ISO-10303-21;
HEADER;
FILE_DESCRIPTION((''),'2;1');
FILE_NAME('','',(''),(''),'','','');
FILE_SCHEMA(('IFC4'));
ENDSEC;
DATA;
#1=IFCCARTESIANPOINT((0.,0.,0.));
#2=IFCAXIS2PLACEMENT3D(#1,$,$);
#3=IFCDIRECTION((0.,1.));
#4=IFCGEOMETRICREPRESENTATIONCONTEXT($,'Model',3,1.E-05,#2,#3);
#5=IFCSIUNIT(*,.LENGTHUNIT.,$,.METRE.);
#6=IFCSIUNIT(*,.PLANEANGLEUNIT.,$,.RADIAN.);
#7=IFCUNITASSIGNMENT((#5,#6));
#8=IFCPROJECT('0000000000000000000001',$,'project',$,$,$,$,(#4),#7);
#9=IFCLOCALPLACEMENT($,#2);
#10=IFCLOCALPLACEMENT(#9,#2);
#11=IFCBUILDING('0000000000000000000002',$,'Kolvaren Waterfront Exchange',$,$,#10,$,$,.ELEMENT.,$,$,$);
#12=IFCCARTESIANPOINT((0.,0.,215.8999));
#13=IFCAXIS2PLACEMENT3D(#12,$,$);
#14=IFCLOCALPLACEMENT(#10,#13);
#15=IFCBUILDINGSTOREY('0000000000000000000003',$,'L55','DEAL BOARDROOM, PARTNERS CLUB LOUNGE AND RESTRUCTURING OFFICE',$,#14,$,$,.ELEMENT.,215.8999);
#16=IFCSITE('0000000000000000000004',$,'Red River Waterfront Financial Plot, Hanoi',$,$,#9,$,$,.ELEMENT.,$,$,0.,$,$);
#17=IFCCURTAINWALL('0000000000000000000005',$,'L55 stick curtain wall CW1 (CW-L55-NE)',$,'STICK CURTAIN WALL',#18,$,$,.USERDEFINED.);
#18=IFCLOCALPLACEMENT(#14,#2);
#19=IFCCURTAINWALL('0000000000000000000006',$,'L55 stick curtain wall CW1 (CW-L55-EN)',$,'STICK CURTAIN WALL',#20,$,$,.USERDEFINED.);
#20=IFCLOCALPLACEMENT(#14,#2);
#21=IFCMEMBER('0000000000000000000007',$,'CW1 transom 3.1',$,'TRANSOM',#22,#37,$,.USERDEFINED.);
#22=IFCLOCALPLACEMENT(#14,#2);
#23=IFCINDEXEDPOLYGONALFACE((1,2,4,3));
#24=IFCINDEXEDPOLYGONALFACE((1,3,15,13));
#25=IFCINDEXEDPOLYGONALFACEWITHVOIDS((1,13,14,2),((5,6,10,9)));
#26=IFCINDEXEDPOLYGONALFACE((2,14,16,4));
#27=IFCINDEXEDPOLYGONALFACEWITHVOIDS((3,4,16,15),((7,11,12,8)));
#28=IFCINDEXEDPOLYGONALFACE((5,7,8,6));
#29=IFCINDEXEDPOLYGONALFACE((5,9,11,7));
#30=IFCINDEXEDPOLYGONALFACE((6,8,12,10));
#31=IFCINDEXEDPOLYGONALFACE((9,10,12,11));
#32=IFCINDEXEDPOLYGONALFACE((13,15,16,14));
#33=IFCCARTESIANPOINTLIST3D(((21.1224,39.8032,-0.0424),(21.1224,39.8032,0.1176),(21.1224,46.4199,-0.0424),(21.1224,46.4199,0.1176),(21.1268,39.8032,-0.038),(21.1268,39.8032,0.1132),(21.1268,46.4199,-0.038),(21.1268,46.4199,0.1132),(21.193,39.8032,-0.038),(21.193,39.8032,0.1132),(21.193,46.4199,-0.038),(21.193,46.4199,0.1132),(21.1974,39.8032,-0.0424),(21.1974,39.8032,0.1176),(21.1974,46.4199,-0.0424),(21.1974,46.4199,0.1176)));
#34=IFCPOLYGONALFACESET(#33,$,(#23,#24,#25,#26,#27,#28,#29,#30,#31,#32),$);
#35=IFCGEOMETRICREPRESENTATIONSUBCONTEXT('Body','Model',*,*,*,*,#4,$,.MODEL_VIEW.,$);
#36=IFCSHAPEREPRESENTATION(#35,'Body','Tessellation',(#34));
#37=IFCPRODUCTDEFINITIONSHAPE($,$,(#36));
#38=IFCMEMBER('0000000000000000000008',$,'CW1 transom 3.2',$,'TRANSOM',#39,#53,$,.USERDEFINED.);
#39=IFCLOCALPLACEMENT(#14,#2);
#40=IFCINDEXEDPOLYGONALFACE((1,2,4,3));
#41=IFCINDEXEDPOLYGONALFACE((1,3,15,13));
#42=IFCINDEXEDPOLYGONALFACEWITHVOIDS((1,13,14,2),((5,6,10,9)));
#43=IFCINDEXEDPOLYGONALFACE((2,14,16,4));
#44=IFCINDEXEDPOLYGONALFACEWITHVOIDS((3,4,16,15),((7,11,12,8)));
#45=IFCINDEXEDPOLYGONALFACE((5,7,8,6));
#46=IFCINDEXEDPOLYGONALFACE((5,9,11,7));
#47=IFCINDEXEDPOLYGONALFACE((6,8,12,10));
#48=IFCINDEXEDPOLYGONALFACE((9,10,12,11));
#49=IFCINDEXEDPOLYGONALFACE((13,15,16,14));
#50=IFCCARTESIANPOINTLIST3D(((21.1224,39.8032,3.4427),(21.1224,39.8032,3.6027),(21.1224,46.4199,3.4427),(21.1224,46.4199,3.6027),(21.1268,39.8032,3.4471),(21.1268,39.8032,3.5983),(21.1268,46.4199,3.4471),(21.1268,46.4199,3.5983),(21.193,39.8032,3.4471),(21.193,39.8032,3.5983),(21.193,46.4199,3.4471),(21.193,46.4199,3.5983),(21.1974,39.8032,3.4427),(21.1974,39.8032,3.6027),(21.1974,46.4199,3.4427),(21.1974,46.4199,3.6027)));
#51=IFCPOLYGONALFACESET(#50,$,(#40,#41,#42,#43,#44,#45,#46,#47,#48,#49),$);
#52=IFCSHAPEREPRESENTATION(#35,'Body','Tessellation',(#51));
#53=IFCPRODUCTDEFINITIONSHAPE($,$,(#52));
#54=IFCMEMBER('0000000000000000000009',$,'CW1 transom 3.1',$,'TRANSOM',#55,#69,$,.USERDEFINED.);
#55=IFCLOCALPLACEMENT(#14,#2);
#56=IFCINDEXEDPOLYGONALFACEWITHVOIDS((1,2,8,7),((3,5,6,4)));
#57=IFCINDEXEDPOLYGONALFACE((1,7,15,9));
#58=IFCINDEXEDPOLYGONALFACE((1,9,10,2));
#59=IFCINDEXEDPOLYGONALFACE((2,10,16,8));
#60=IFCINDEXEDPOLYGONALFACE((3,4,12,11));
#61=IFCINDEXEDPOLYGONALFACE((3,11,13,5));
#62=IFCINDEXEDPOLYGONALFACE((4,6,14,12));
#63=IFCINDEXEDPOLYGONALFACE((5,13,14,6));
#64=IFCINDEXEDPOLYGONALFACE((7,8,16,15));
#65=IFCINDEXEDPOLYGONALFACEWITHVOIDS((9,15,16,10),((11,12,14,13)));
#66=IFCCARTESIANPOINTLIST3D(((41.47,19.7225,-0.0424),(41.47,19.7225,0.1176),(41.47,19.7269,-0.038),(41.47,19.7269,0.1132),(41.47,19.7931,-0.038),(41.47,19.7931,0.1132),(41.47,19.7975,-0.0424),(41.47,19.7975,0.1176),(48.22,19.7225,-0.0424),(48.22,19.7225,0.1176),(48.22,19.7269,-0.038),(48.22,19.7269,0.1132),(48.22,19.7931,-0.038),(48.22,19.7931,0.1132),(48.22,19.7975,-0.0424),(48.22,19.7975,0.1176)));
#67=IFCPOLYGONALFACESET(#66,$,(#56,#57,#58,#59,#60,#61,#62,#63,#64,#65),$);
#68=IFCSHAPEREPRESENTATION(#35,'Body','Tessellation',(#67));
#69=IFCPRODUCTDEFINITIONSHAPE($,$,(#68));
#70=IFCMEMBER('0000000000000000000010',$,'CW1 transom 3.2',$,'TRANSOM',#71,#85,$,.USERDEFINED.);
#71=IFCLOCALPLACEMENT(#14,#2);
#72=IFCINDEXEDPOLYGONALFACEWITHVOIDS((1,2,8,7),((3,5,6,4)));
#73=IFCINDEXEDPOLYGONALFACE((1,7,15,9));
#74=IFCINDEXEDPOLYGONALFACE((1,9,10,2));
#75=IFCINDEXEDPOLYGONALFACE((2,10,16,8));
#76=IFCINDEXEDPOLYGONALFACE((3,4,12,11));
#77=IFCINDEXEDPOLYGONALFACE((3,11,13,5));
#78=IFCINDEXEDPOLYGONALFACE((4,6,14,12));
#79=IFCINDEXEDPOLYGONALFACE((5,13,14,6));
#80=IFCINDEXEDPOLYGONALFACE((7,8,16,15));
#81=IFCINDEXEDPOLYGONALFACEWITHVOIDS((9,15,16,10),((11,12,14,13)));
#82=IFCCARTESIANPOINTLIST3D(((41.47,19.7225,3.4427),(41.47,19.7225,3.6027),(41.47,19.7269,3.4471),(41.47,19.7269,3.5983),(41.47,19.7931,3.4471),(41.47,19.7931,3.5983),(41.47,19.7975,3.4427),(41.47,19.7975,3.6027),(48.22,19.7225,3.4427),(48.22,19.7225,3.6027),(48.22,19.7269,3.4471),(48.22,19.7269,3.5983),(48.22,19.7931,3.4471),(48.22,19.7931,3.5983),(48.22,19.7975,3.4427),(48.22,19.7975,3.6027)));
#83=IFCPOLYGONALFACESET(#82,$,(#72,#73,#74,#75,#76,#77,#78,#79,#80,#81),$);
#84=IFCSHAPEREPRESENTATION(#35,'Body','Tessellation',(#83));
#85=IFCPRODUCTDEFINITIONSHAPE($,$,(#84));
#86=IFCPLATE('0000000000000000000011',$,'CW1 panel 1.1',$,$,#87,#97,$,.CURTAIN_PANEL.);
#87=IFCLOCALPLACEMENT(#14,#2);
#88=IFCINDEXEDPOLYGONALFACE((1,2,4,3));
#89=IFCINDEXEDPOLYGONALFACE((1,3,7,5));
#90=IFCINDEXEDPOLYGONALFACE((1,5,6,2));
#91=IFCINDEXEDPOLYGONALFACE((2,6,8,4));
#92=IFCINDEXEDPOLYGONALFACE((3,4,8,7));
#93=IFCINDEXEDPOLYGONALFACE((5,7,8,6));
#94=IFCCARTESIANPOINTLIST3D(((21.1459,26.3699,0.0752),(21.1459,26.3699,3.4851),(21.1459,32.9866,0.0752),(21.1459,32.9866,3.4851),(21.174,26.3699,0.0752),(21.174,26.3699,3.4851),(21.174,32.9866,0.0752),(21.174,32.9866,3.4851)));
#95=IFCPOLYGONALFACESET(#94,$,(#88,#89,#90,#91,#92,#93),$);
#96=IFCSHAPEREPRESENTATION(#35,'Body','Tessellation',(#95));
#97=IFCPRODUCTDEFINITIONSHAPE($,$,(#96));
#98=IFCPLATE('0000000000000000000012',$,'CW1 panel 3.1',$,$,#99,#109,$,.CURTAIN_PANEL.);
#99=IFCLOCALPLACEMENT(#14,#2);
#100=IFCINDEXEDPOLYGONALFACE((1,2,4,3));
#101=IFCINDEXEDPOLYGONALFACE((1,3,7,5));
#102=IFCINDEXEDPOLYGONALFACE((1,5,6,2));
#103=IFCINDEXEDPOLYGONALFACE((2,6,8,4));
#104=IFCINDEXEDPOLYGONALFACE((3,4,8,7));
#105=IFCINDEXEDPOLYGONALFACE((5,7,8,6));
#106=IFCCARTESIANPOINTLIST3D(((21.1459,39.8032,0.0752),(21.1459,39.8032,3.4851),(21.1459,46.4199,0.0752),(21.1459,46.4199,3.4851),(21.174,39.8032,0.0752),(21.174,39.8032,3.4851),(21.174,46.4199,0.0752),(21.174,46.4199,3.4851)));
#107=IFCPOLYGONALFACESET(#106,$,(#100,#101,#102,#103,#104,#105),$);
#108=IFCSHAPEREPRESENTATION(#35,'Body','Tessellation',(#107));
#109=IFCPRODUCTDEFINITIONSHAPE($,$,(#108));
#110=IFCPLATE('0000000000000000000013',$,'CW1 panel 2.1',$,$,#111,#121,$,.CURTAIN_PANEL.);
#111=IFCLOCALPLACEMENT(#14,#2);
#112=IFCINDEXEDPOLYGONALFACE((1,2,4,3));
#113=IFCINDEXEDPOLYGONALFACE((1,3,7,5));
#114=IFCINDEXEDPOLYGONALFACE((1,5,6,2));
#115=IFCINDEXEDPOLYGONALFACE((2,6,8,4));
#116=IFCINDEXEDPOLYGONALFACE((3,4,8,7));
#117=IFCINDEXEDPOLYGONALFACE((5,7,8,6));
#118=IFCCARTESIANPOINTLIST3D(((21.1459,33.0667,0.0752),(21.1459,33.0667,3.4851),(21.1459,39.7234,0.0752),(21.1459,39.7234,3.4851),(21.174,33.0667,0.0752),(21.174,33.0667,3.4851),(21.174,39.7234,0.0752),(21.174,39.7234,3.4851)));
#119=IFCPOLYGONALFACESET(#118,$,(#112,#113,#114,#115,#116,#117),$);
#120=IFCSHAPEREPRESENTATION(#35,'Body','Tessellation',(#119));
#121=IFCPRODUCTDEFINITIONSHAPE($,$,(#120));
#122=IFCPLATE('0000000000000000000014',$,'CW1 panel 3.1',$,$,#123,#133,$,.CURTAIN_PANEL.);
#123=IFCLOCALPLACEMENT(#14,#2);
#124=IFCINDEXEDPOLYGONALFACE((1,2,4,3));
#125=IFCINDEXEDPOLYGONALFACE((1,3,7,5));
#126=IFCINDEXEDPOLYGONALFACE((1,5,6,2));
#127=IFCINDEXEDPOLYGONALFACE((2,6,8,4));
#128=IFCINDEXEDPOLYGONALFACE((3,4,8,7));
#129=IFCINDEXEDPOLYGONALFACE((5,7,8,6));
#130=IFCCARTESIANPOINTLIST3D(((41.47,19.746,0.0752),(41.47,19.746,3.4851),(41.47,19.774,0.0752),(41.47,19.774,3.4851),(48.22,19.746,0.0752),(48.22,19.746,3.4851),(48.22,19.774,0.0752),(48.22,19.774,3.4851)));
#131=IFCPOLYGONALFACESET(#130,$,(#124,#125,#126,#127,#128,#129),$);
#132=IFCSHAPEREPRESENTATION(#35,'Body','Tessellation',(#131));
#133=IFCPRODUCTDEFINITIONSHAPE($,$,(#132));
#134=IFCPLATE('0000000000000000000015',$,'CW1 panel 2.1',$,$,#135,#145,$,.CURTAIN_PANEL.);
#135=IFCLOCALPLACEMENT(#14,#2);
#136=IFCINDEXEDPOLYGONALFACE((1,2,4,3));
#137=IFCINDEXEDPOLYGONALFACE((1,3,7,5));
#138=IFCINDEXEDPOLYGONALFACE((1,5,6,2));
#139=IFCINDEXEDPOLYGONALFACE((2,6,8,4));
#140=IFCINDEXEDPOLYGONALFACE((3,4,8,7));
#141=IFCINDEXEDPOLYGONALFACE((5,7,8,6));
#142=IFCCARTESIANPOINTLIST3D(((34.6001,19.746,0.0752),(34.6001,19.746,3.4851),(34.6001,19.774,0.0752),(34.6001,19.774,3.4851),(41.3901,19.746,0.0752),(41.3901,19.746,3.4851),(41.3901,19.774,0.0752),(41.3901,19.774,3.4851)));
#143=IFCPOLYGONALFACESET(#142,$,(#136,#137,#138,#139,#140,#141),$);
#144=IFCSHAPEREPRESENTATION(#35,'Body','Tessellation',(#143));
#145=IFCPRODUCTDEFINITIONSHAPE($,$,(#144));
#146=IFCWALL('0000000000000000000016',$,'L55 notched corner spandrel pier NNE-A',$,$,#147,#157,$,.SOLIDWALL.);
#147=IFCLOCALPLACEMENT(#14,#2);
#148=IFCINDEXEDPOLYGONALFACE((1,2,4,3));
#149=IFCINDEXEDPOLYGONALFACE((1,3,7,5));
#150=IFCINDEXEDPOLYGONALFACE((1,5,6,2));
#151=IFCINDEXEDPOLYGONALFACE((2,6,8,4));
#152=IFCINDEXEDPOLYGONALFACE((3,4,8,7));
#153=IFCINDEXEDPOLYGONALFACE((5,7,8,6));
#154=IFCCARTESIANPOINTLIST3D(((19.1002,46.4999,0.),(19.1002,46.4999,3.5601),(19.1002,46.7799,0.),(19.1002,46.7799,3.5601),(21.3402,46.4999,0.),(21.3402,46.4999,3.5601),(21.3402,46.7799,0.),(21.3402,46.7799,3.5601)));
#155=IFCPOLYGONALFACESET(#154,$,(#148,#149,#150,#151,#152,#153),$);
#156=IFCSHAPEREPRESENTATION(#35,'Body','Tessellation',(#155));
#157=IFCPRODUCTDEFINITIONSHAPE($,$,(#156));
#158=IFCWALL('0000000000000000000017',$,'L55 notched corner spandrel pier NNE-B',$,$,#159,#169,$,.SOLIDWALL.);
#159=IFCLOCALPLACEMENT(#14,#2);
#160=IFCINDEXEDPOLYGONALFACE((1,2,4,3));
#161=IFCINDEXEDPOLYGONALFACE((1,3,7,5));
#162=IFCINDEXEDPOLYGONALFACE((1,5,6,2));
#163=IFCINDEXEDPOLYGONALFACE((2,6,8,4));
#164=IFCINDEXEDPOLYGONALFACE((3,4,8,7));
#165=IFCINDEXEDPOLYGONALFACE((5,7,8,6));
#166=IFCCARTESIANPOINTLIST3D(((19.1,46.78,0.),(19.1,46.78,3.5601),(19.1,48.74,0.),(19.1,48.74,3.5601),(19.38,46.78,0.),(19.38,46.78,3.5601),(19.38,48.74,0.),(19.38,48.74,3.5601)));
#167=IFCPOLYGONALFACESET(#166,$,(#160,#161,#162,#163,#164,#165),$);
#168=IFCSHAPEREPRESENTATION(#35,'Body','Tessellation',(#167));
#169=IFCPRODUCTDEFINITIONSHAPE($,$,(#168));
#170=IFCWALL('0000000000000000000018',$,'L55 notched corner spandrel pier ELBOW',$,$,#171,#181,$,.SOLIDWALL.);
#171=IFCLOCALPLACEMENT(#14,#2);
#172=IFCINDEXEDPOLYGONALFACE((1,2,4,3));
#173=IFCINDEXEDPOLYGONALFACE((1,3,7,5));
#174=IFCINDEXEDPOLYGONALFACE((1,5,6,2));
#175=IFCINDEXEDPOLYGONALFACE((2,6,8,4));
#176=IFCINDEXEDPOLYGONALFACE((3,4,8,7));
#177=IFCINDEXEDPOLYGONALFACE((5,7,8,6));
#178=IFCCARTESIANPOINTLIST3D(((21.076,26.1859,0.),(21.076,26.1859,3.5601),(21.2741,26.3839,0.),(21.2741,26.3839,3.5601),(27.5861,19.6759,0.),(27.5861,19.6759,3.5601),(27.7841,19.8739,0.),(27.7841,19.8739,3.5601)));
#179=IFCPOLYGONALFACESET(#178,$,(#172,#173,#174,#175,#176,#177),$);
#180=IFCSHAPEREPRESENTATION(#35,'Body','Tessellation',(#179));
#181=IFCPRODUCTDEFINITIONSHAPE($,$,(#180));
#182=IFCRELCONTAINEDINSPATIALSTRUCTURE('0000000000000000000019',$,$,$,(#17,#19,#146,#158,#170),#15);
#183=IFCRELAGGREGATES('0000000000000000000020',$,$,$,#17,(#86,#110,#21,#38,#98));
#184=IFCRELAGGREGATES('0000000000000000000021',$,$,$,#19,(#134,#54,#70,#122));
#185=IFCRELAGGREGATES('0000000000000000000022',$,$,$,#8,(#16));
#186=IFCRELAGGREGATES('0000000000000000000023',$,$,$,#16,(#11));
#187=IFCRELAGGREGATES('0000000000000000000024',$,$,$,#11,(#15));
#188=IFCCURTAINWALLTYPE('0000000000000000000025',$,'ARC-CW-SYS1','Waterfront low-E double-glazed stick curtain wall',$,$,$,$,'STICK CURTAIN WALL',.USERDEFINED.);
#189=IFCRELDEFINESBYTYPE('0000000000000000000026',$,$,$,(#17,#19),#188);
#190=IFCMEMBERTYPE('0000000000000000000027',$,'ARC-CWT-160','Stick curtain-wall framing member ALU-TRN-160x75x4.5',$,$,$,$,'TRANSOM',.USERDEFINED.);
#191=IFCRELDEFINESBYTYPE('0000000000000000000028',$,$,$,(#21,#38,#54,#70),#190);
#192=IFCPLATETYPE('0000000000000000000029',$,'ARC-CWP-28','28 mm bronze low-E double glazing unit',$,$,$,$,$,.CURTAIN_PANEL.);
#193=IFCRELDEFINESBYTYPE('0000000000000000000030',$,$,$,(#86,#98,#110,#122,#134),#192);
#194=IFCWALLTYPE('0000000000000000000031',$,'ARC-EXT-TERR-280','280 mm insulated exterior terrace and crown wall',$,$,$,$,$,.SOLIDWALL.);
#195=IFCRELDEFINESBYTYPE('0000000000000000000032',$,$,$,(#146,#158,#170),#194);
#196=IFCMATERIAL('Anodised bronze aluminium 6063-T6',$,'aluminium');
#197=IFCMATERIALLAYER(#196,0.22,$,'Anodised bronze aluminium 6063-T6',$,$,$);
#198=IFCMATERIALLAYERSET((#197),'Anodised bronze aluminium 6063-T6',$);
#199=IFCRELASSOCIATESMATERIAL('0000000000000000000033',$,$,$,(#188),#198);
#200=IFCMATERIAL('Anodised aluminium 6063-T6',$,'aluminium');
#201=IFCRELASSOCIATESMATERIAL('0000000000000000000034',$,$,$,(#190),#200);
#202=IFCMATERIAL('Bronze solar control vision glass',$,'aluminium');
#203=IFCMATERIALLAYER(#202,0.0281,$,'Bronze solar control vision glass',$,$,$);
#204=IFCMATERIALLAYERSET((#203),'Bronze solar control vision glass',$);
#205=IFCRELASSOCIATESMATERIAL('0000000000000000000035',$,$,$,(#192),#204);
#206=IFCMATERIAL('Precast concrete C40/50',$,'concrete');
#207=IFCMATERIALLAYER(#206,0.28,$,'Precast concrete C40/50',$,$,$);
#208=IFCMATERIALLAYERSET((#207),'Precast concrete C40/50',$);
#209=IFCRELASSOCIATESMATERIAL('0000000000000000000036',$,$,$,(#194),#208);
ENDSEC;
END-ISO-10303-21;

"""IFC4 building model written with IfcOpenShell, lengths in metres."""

from ifc_helpers import new_model, si_unit, direction, frame, frame_2d, origin, origin_with_axes, origin_2d, place, context, subcontext, project, spatial, rectangle, hollow_rectangle, extrude, source, transform, mapped, material, layer, layer_set, material_profile, profile_set, type_object, element, aggregate, save


model = new_model("IFC4")

# Units and contexts
model_context = context("Model", 3, precision=1e-05, world=origin(), true_north=direction((0.0, 1.0)))
body_context = subcontext(model_context, "Body", "Model", "MODEL_VIEW")
ifc_project = project(units=[si_unit("LENGTHUNIT", "METRE"), si_unit("PLANEANGLEUNIT", "RADIAN")], contexts=[model_context])

# Site, building, storey
site_placement = place(None, origin())
site = spatial("IfcSite", under=ifc_project, at=site_placement, Name="Red River Waterfront Financial Plot, Hanoi", CompositionType="ELEMENT", RefElevation=0.0)
building_placement = place(site_placement, origin())
building = spatial("IfcBuilding", under=site, at=building_placement, Name="Kolvaren Waterfront Exchange", CompositionType="ELEMENT")
storey_placement = place(building_placement, frame((0.0, 0.0, 215.8999)))
storey = spatial("IfcBuildingStorey", under=building, at=storey_placement, Name="L55", Description="DEAL BOARDROOM, PARTNERS CLUB LOUNGE AND RESTRUCTURING OFFICE", CompositionType="ELEMENT", Elevation=215.8999)

# Curtain walls
ifc_material_1 = material(Name="Anodised bronze aluminium 6063-T6", Category="aluminium")
ifc_layer_1 = layer(ifc_material_1, 0.22, Name="Anodised bronze aluminium 6063-T6")
ifc_layer_set_1 = layer_set([ifc_layer_1], Name="Anodised bronze aluminium 6063-T6")
curtain_wall_type = type_object("IfcCurtainWallType", Name="ARC-CW-SYS1", Description="Waterfront low-E double-glazed stick curtain wall", ElementType="STICK CURTAIN WALL", PredefinedType="USERDEFINED", material=ifc_layer_set_1)
curtain_wall_1_placement = place(storey_placement, origin())
curtain_wall_1 = element("IfcCurtainWall", 1, at=curtain_wall_1_placement, inside=storey, type_object=curtain_wall_type, Name="L55 stick curtain wall CW1 (CW-L55-NE)", ObjectType="STICK CURTAIN WALL", PredefinedType="USERDEFINED")
ifc_material_2 = material(Name="Anodised aluminium 6063-T6", Category="aluminium")
curtain_wall_2_placement = place(storey_placement, origin())
curtain_wall_2 = element("IfcCurtainWall", 2, at=curtain_wall_2_placement, inside=storey, type_object=curtain_wall_type, Name="L55 stick curtain wall CW1 (CW-L55-EN)", ObjectType="STICK CURTAIN WALL", PredefinedType="USERDEFINED")

# Members
ifc_material_profile_1 = material_profile(ifc_material_2, hollow_rectangle(XDim=0.075, YDim=0.1599, WallThickness=0.0044, at=origin_2d()), Name="ALU-TRN-160x75x4.5")
ifc_profile_set_1 = profile_set([ifc_material_profile_1], Name="Anodised aluminium 6063-T6")
member_type_1 = type_object("IfcMemberType", Name="ARC-CWT-160", Description="Stick curtain-wall framing member ALU-TRN-160x75x4.5", ElementType="TRANSOM", PredefinedType="USERDEFINED", material=ifc_profile_set_1)
shared_shape_1 = source(origin_with_axes(), body_context, "Body", "SweptSolid", [
    extrude(hollow_rectangle(XDim=0.075, YDim=0.1599, WallThickness=0.0044, at=origin_2d()), origin(), (0.0, 0.0, 1.0), 6.6167),
])
member_1_placement = place(storey_placement, frame((21.1599, 39.8032, 0.0376), z_axis=(0.0, 1.0, 0.0), x_axis=(-1.0, 0.0, 0.0)))
member_1 = element("IfcMember", 3, at=member_1_placement, type_object=member_type_1, Name="CW1 transom 3.1", ObjectType="TRANSOM", PredefinedType="USERDEFINED", context=body_context, shape_type="MappedRepresentation", body=[
    mapped(shared_shape_1, transform((0.0, 0.0, 0.0), x_axis=(1.0, 0.0, 0.0), y_axis=(0.0, 1.0, 0.0), z_axis=(0.0, 0.0, 1.0), scale=1.0)),
])
member_2_placement = place(storey_placement, frame((21.1599, 39.8032, 3.5227), z_axis=(0.0, 1.0, 0.0), x_axis=(-1.0, 0.0, 0.0)))
member_2 = element("IfcMember", 4, at=member_2_placement, type_object=member_type_1, Name="CW1 transom 3.2", ObjectType="TRANSOM", PredefinedType="USERDEFINED", context=body_context, shape_type="MappedRepresentation", body=[
    mapped(shared_shape_1, transform((0.0, 0.0, 0.0), x_axis=(1.0, 0.0, 0.0), y_axis=(0.0, 1.0, 0.0), z_axis=(0.0, 0.0, 1.0), scale=1.0)),
])
shared_shape_2 = source(origin_with_axes(), body_context, "Body", "SweptSolid", [
    extrude(hollow_rectangle(XDim=0.075, YDim=0.1599, WallThickness=0.0044, at=origin_2d()), origin(), (0.0, 0.0, 1.0), 6.75),
])
member_3_placement = place(storey_placement, frame((41.47, 19.76, 0.0376), z_axis=(1.0, 0.0, 0.0), x_axis=(0.0, 1.0, 0.0)))
member_3 = element("IfcMember", 5, at=member_3_placement, type_object=member_type_1, Name="CW1 transom 3.1", ObjectType="TRANSOM", PredefinedType="USERDEFINED", context=body_context, shape_type="MappedRepresentation", body=[
    mapped(shared_shape_2, transform((0.0, 0.0, 0.0), x_axis=(1.0, 0.0, 0.0), y_axis=(0.0, 1.0, 0.0), z_axis=(0.0, 0.0, 1.0), scale=1.0)),
])
member_4_placement = place(storey_placement, frame((41.47, 19.76, 3.5227), z_axis=(1.0, 0.0, 0.0), x_axis=(0.0, 1.0, 0.0)))
member_4 = element("IfcMember", 6, at=member_4_placement, type_object=member_type_1, Name="CW1 transom 3.2", ObjectType="TRANSOM", PredefinedType="USERDEFINED", context=body_context, shape_type="MappedRepresentation", body=[
    mapped(shared_shape_2, transform((0.0, 0.0, 0.0), x_axis=(1.0, 0.0, 0.0), y_axis=(0.0, 1.0, 0.0), z_axis=(0.0, 0.0, 1.0), scale=1.0)),
])

# Plates
ifc_material_3 = material(Name="Bronze solar control vision glass", Category="aluminium")
ifc_layer_2 = layer(ifc_material_3, 0.0281, Name="Bronze solar control vision glass")
ifc_layer_set_2 = layer_set([ifc_layer_2], Name="Bronze solar control vision glass")
plate_type = type_object("IfcPlateType", Name="ARC-CWP-28", Description="28 mm bronze low-E double glazing unit", PredefinedType="CURTAIN_PANEL", material=ifc_layer_set_2)
shared_shape_3 = source(origin_with_axes(), body_context, "Body", "SweptSolid", [
    extrude(rectangle(XDim=6.6167, YDim=0.0281, at=origin_2d()), origin(), (0.0, 0.0, 1.0), 3.4099),
])
plate_1_placement = place(storey_placement, frame((21.1599, 29.6782, 0.0752), z_axis=(0.0, 0.0, 1.0), x_axis=(0.0, 1.0, 0.0)))
plate_1 = element("IfcPlate", 7, at=plate_1_placement, type_object=plate_type, Name="CW1 panel 1.1", PredefinedType="CURTAIN_PANEL", context=body_context, shape_type="MappedRepresentation", body=[
    mapped(shared_shape_3, transform((0.0, 0.0, 0.0), x_axis=(1.0, 0.0, 0.0), y_axis=(0.0, 1.0, 0.0), z_axis=(0.0, 0.0, 1.0), scale=1.0)),
])
plate_2_placement = place(storey_placement, frame((21.1599, 43.1116, 0.0752), z_axis=(0.0, 0.0, 1.0), x_axis=(0.0, 1.0, 0.0)))
plate_2 = element("IfcPlate", 8, at=plate_2_placement, type_object=plate_type, Name="CW1 panel 3.1", PredefinedType="CURTAIN_PANEL", context=body_context, shape_type="MappedRepresentation", body=[
    mapped(shared_shape_3, transform((0.0, 0.0, 0.0), x_axis=(1.0, 0.0, 0.0), y_axis=(0.0, 1.0, 0.0), z_axis=(0.0, 0.0, 1.0), scale=1.0)),
])
shared_shape_4 = source(origin_with_axes(), body_context, "Body", "SweptSolid", [
    extrude(rectangle(XDim=6.6567, YDim=0.0281, at=origin_2d()), origin(), (0.0, 0.0, 1.0), 3.4099),
])
plate_3_placement = place(storey_placement, frame((21.1599, 36.395, 0.0752), z_axis=(0.0, 0.0, 1.0), x_axis=(0.0, 1.0, 0.0)))
plate_3 = element("IfcPlate", 9, at=plate_3_placement, type_object=plate_type, Name="CW1 panel 2.1", PredefinedType="CURTAIN_PANEL", context=body_context, shape_type="MappedRepresentation", body=[
    mapped(shared_shape_4, transform((0.0, 0.0, 0.0), x_axis=(1.0, 0.0, 0.0), y_axis=(0.0, 1.0, 0.0), z_axis=(0.0, 0.0, 1.0), scale=1.0)),
])
aggregate(curtain_wall_1, [plate_1, plate_3, member_1, member_2, plate_2])
shared_shape_5 = source(origin_with_axes(), body_context, "Body", "SweptSolid", [
    extrude(rectangle(XDim=6.75, YDim=0.0281, at=origin_2d()), origin(), (0.0, 0.0, 1.0), 3.4099),
])
plate_4_placement = place(storey_placement, frame((44.845, 19.76, 0.0752), z_axis=(0.0, 0.0, 1.0), x_axis=(1.0, 0.0, 0.0)))
plate_4 = element("IfcPlate", 10, at=plate_4_placement, type_object=plate_type, Name="CW1 panel 3.1", PredefinedType="CURTAIN_PANEL", context=body_context, shape_type="MappedRepresentation", body=[
    mapped(shared_shape_5, transform((0.0, 0.0, 0.0), x_axis=(1.0, 0.0, 0.0), y_axis=(0.0, 1.0, 0.0), z_axis=(0.0, 0.0, 1.0), scale=1.0)),
])
shared_shape_6 = source(origin_with_axes(), body_context, "Body", "SweptSolid", [
    extrude(rectangle(XDim=6.79, YDim=0.0281, at=origin_2d()), origin(), (0.0, 0.0, 1.0), 3.4099),
])
plate_5_placement = place(storey_placement, frame((37.9951, 19.76, 0.0752), z_axis=(0.0, 0.0, 1.0), x_axis=(1.0, 0.0, 0.0)))
plate_5 = element("IfcPlate", 11, at=plate_5_placement, type_object=plate_type, Name="CW1 panel 2.1", PredefinedType="CURTAIN_PANEL", context=body_context, shape_type="MappedRepresentation", body=[
    mapped(shared_shape_6, transform((0.0, 0.0, 0.0), x_axis=(1.0, 0.0, 0.0), y_axis=(0.0, 1.0, 0.0), z_axis=(0.0, 0.0, 1.0), scale=1.0)),
])
aggregate(curtain_wall_2, [plate_5, member_3, member_4, plate_4])

# Walls
ifc_material_4 = material(Name="Precast concrete C40/50", Category="concrete")
ifc_layer_3 = layer(ifc_material_4, 0.28, Name="Precast concrete C40/50")
ifc_layer_set_3 = layer_set([ifc_layer_3], Name="Precast concrete C40/50")
wall_type_1 = type_object("IfcWallType", Name="ARC-EXT-TERR-280", Description="280 mm insulated exterior terrace and crown wall", PredefinedType="SOLIDWALL", material=ifc_layer_set_3)
wall_1_placement = place(storey_placement, frame((19.1001, 46.6399, 0.0), z_axis=(0.0, 0.0, 1.0), x_axis=(1.0, 0.0, 0.0)))
element("IfcWall", 12, at=wall_1_placement, inside=storey, type_object=wall_type_1, Name="L55 notched corner spandrel pier NNE-A", PredefinedType="SOLIDWALL", context=body_context, shape_type="SweptSolid", body=[
    extrude(rectangle(XDim=2.24, YDim=0.28, at=frame_2d((1.1201, 0.0))), origin(), (0.0, 0.0, 1.0), 3.5601),
])
wall_2_placement = place(storey_placement, frame((19.24, 46.78, 0.0), z_axis=(0.0, 0.0, 1.0), x_axis=(0.0, 1.0, 0.0)))
element("IfcWall", 13, at=wall_2_placement, inside=storey, type_object=wall_type_1, Name="L55 notched corner spandrel pier NNE-B", PredefinedType="SOLIDWALL", context=body_context, shape_type="SweptSolid", body=[
    extrude(rectangle(XDim=1.96, YDim=0.28, at=frame_2d((0.98, 0.0))), origin(), (0.0, 0.0, 1.0), 3.5601),
])
wall_3_placement = place(storey_placement, frame((27.6851, 19.7749, 0.0), z_axis=(0.0, 0.0, 1.0), x_axis=(-0.707107, 0.707107, 0.0)))
element("IfcWall", 14, at=wall_3_placement, inside=storey, type_object=wall_type_1, Name="L55 notched corner spandrel pier ELBOW", PredefinedType="SOLIDWALL", context=body_context, shape_type="SweptSolid", body=[
    extrude(rectangle(XDim=9.2065, YDim=0.28, at=frame_2d((4.6033, 0.0))), origin(), (0.0, 0.0, 1.0), 3.5601),
])

save(model, "model.ifc")
